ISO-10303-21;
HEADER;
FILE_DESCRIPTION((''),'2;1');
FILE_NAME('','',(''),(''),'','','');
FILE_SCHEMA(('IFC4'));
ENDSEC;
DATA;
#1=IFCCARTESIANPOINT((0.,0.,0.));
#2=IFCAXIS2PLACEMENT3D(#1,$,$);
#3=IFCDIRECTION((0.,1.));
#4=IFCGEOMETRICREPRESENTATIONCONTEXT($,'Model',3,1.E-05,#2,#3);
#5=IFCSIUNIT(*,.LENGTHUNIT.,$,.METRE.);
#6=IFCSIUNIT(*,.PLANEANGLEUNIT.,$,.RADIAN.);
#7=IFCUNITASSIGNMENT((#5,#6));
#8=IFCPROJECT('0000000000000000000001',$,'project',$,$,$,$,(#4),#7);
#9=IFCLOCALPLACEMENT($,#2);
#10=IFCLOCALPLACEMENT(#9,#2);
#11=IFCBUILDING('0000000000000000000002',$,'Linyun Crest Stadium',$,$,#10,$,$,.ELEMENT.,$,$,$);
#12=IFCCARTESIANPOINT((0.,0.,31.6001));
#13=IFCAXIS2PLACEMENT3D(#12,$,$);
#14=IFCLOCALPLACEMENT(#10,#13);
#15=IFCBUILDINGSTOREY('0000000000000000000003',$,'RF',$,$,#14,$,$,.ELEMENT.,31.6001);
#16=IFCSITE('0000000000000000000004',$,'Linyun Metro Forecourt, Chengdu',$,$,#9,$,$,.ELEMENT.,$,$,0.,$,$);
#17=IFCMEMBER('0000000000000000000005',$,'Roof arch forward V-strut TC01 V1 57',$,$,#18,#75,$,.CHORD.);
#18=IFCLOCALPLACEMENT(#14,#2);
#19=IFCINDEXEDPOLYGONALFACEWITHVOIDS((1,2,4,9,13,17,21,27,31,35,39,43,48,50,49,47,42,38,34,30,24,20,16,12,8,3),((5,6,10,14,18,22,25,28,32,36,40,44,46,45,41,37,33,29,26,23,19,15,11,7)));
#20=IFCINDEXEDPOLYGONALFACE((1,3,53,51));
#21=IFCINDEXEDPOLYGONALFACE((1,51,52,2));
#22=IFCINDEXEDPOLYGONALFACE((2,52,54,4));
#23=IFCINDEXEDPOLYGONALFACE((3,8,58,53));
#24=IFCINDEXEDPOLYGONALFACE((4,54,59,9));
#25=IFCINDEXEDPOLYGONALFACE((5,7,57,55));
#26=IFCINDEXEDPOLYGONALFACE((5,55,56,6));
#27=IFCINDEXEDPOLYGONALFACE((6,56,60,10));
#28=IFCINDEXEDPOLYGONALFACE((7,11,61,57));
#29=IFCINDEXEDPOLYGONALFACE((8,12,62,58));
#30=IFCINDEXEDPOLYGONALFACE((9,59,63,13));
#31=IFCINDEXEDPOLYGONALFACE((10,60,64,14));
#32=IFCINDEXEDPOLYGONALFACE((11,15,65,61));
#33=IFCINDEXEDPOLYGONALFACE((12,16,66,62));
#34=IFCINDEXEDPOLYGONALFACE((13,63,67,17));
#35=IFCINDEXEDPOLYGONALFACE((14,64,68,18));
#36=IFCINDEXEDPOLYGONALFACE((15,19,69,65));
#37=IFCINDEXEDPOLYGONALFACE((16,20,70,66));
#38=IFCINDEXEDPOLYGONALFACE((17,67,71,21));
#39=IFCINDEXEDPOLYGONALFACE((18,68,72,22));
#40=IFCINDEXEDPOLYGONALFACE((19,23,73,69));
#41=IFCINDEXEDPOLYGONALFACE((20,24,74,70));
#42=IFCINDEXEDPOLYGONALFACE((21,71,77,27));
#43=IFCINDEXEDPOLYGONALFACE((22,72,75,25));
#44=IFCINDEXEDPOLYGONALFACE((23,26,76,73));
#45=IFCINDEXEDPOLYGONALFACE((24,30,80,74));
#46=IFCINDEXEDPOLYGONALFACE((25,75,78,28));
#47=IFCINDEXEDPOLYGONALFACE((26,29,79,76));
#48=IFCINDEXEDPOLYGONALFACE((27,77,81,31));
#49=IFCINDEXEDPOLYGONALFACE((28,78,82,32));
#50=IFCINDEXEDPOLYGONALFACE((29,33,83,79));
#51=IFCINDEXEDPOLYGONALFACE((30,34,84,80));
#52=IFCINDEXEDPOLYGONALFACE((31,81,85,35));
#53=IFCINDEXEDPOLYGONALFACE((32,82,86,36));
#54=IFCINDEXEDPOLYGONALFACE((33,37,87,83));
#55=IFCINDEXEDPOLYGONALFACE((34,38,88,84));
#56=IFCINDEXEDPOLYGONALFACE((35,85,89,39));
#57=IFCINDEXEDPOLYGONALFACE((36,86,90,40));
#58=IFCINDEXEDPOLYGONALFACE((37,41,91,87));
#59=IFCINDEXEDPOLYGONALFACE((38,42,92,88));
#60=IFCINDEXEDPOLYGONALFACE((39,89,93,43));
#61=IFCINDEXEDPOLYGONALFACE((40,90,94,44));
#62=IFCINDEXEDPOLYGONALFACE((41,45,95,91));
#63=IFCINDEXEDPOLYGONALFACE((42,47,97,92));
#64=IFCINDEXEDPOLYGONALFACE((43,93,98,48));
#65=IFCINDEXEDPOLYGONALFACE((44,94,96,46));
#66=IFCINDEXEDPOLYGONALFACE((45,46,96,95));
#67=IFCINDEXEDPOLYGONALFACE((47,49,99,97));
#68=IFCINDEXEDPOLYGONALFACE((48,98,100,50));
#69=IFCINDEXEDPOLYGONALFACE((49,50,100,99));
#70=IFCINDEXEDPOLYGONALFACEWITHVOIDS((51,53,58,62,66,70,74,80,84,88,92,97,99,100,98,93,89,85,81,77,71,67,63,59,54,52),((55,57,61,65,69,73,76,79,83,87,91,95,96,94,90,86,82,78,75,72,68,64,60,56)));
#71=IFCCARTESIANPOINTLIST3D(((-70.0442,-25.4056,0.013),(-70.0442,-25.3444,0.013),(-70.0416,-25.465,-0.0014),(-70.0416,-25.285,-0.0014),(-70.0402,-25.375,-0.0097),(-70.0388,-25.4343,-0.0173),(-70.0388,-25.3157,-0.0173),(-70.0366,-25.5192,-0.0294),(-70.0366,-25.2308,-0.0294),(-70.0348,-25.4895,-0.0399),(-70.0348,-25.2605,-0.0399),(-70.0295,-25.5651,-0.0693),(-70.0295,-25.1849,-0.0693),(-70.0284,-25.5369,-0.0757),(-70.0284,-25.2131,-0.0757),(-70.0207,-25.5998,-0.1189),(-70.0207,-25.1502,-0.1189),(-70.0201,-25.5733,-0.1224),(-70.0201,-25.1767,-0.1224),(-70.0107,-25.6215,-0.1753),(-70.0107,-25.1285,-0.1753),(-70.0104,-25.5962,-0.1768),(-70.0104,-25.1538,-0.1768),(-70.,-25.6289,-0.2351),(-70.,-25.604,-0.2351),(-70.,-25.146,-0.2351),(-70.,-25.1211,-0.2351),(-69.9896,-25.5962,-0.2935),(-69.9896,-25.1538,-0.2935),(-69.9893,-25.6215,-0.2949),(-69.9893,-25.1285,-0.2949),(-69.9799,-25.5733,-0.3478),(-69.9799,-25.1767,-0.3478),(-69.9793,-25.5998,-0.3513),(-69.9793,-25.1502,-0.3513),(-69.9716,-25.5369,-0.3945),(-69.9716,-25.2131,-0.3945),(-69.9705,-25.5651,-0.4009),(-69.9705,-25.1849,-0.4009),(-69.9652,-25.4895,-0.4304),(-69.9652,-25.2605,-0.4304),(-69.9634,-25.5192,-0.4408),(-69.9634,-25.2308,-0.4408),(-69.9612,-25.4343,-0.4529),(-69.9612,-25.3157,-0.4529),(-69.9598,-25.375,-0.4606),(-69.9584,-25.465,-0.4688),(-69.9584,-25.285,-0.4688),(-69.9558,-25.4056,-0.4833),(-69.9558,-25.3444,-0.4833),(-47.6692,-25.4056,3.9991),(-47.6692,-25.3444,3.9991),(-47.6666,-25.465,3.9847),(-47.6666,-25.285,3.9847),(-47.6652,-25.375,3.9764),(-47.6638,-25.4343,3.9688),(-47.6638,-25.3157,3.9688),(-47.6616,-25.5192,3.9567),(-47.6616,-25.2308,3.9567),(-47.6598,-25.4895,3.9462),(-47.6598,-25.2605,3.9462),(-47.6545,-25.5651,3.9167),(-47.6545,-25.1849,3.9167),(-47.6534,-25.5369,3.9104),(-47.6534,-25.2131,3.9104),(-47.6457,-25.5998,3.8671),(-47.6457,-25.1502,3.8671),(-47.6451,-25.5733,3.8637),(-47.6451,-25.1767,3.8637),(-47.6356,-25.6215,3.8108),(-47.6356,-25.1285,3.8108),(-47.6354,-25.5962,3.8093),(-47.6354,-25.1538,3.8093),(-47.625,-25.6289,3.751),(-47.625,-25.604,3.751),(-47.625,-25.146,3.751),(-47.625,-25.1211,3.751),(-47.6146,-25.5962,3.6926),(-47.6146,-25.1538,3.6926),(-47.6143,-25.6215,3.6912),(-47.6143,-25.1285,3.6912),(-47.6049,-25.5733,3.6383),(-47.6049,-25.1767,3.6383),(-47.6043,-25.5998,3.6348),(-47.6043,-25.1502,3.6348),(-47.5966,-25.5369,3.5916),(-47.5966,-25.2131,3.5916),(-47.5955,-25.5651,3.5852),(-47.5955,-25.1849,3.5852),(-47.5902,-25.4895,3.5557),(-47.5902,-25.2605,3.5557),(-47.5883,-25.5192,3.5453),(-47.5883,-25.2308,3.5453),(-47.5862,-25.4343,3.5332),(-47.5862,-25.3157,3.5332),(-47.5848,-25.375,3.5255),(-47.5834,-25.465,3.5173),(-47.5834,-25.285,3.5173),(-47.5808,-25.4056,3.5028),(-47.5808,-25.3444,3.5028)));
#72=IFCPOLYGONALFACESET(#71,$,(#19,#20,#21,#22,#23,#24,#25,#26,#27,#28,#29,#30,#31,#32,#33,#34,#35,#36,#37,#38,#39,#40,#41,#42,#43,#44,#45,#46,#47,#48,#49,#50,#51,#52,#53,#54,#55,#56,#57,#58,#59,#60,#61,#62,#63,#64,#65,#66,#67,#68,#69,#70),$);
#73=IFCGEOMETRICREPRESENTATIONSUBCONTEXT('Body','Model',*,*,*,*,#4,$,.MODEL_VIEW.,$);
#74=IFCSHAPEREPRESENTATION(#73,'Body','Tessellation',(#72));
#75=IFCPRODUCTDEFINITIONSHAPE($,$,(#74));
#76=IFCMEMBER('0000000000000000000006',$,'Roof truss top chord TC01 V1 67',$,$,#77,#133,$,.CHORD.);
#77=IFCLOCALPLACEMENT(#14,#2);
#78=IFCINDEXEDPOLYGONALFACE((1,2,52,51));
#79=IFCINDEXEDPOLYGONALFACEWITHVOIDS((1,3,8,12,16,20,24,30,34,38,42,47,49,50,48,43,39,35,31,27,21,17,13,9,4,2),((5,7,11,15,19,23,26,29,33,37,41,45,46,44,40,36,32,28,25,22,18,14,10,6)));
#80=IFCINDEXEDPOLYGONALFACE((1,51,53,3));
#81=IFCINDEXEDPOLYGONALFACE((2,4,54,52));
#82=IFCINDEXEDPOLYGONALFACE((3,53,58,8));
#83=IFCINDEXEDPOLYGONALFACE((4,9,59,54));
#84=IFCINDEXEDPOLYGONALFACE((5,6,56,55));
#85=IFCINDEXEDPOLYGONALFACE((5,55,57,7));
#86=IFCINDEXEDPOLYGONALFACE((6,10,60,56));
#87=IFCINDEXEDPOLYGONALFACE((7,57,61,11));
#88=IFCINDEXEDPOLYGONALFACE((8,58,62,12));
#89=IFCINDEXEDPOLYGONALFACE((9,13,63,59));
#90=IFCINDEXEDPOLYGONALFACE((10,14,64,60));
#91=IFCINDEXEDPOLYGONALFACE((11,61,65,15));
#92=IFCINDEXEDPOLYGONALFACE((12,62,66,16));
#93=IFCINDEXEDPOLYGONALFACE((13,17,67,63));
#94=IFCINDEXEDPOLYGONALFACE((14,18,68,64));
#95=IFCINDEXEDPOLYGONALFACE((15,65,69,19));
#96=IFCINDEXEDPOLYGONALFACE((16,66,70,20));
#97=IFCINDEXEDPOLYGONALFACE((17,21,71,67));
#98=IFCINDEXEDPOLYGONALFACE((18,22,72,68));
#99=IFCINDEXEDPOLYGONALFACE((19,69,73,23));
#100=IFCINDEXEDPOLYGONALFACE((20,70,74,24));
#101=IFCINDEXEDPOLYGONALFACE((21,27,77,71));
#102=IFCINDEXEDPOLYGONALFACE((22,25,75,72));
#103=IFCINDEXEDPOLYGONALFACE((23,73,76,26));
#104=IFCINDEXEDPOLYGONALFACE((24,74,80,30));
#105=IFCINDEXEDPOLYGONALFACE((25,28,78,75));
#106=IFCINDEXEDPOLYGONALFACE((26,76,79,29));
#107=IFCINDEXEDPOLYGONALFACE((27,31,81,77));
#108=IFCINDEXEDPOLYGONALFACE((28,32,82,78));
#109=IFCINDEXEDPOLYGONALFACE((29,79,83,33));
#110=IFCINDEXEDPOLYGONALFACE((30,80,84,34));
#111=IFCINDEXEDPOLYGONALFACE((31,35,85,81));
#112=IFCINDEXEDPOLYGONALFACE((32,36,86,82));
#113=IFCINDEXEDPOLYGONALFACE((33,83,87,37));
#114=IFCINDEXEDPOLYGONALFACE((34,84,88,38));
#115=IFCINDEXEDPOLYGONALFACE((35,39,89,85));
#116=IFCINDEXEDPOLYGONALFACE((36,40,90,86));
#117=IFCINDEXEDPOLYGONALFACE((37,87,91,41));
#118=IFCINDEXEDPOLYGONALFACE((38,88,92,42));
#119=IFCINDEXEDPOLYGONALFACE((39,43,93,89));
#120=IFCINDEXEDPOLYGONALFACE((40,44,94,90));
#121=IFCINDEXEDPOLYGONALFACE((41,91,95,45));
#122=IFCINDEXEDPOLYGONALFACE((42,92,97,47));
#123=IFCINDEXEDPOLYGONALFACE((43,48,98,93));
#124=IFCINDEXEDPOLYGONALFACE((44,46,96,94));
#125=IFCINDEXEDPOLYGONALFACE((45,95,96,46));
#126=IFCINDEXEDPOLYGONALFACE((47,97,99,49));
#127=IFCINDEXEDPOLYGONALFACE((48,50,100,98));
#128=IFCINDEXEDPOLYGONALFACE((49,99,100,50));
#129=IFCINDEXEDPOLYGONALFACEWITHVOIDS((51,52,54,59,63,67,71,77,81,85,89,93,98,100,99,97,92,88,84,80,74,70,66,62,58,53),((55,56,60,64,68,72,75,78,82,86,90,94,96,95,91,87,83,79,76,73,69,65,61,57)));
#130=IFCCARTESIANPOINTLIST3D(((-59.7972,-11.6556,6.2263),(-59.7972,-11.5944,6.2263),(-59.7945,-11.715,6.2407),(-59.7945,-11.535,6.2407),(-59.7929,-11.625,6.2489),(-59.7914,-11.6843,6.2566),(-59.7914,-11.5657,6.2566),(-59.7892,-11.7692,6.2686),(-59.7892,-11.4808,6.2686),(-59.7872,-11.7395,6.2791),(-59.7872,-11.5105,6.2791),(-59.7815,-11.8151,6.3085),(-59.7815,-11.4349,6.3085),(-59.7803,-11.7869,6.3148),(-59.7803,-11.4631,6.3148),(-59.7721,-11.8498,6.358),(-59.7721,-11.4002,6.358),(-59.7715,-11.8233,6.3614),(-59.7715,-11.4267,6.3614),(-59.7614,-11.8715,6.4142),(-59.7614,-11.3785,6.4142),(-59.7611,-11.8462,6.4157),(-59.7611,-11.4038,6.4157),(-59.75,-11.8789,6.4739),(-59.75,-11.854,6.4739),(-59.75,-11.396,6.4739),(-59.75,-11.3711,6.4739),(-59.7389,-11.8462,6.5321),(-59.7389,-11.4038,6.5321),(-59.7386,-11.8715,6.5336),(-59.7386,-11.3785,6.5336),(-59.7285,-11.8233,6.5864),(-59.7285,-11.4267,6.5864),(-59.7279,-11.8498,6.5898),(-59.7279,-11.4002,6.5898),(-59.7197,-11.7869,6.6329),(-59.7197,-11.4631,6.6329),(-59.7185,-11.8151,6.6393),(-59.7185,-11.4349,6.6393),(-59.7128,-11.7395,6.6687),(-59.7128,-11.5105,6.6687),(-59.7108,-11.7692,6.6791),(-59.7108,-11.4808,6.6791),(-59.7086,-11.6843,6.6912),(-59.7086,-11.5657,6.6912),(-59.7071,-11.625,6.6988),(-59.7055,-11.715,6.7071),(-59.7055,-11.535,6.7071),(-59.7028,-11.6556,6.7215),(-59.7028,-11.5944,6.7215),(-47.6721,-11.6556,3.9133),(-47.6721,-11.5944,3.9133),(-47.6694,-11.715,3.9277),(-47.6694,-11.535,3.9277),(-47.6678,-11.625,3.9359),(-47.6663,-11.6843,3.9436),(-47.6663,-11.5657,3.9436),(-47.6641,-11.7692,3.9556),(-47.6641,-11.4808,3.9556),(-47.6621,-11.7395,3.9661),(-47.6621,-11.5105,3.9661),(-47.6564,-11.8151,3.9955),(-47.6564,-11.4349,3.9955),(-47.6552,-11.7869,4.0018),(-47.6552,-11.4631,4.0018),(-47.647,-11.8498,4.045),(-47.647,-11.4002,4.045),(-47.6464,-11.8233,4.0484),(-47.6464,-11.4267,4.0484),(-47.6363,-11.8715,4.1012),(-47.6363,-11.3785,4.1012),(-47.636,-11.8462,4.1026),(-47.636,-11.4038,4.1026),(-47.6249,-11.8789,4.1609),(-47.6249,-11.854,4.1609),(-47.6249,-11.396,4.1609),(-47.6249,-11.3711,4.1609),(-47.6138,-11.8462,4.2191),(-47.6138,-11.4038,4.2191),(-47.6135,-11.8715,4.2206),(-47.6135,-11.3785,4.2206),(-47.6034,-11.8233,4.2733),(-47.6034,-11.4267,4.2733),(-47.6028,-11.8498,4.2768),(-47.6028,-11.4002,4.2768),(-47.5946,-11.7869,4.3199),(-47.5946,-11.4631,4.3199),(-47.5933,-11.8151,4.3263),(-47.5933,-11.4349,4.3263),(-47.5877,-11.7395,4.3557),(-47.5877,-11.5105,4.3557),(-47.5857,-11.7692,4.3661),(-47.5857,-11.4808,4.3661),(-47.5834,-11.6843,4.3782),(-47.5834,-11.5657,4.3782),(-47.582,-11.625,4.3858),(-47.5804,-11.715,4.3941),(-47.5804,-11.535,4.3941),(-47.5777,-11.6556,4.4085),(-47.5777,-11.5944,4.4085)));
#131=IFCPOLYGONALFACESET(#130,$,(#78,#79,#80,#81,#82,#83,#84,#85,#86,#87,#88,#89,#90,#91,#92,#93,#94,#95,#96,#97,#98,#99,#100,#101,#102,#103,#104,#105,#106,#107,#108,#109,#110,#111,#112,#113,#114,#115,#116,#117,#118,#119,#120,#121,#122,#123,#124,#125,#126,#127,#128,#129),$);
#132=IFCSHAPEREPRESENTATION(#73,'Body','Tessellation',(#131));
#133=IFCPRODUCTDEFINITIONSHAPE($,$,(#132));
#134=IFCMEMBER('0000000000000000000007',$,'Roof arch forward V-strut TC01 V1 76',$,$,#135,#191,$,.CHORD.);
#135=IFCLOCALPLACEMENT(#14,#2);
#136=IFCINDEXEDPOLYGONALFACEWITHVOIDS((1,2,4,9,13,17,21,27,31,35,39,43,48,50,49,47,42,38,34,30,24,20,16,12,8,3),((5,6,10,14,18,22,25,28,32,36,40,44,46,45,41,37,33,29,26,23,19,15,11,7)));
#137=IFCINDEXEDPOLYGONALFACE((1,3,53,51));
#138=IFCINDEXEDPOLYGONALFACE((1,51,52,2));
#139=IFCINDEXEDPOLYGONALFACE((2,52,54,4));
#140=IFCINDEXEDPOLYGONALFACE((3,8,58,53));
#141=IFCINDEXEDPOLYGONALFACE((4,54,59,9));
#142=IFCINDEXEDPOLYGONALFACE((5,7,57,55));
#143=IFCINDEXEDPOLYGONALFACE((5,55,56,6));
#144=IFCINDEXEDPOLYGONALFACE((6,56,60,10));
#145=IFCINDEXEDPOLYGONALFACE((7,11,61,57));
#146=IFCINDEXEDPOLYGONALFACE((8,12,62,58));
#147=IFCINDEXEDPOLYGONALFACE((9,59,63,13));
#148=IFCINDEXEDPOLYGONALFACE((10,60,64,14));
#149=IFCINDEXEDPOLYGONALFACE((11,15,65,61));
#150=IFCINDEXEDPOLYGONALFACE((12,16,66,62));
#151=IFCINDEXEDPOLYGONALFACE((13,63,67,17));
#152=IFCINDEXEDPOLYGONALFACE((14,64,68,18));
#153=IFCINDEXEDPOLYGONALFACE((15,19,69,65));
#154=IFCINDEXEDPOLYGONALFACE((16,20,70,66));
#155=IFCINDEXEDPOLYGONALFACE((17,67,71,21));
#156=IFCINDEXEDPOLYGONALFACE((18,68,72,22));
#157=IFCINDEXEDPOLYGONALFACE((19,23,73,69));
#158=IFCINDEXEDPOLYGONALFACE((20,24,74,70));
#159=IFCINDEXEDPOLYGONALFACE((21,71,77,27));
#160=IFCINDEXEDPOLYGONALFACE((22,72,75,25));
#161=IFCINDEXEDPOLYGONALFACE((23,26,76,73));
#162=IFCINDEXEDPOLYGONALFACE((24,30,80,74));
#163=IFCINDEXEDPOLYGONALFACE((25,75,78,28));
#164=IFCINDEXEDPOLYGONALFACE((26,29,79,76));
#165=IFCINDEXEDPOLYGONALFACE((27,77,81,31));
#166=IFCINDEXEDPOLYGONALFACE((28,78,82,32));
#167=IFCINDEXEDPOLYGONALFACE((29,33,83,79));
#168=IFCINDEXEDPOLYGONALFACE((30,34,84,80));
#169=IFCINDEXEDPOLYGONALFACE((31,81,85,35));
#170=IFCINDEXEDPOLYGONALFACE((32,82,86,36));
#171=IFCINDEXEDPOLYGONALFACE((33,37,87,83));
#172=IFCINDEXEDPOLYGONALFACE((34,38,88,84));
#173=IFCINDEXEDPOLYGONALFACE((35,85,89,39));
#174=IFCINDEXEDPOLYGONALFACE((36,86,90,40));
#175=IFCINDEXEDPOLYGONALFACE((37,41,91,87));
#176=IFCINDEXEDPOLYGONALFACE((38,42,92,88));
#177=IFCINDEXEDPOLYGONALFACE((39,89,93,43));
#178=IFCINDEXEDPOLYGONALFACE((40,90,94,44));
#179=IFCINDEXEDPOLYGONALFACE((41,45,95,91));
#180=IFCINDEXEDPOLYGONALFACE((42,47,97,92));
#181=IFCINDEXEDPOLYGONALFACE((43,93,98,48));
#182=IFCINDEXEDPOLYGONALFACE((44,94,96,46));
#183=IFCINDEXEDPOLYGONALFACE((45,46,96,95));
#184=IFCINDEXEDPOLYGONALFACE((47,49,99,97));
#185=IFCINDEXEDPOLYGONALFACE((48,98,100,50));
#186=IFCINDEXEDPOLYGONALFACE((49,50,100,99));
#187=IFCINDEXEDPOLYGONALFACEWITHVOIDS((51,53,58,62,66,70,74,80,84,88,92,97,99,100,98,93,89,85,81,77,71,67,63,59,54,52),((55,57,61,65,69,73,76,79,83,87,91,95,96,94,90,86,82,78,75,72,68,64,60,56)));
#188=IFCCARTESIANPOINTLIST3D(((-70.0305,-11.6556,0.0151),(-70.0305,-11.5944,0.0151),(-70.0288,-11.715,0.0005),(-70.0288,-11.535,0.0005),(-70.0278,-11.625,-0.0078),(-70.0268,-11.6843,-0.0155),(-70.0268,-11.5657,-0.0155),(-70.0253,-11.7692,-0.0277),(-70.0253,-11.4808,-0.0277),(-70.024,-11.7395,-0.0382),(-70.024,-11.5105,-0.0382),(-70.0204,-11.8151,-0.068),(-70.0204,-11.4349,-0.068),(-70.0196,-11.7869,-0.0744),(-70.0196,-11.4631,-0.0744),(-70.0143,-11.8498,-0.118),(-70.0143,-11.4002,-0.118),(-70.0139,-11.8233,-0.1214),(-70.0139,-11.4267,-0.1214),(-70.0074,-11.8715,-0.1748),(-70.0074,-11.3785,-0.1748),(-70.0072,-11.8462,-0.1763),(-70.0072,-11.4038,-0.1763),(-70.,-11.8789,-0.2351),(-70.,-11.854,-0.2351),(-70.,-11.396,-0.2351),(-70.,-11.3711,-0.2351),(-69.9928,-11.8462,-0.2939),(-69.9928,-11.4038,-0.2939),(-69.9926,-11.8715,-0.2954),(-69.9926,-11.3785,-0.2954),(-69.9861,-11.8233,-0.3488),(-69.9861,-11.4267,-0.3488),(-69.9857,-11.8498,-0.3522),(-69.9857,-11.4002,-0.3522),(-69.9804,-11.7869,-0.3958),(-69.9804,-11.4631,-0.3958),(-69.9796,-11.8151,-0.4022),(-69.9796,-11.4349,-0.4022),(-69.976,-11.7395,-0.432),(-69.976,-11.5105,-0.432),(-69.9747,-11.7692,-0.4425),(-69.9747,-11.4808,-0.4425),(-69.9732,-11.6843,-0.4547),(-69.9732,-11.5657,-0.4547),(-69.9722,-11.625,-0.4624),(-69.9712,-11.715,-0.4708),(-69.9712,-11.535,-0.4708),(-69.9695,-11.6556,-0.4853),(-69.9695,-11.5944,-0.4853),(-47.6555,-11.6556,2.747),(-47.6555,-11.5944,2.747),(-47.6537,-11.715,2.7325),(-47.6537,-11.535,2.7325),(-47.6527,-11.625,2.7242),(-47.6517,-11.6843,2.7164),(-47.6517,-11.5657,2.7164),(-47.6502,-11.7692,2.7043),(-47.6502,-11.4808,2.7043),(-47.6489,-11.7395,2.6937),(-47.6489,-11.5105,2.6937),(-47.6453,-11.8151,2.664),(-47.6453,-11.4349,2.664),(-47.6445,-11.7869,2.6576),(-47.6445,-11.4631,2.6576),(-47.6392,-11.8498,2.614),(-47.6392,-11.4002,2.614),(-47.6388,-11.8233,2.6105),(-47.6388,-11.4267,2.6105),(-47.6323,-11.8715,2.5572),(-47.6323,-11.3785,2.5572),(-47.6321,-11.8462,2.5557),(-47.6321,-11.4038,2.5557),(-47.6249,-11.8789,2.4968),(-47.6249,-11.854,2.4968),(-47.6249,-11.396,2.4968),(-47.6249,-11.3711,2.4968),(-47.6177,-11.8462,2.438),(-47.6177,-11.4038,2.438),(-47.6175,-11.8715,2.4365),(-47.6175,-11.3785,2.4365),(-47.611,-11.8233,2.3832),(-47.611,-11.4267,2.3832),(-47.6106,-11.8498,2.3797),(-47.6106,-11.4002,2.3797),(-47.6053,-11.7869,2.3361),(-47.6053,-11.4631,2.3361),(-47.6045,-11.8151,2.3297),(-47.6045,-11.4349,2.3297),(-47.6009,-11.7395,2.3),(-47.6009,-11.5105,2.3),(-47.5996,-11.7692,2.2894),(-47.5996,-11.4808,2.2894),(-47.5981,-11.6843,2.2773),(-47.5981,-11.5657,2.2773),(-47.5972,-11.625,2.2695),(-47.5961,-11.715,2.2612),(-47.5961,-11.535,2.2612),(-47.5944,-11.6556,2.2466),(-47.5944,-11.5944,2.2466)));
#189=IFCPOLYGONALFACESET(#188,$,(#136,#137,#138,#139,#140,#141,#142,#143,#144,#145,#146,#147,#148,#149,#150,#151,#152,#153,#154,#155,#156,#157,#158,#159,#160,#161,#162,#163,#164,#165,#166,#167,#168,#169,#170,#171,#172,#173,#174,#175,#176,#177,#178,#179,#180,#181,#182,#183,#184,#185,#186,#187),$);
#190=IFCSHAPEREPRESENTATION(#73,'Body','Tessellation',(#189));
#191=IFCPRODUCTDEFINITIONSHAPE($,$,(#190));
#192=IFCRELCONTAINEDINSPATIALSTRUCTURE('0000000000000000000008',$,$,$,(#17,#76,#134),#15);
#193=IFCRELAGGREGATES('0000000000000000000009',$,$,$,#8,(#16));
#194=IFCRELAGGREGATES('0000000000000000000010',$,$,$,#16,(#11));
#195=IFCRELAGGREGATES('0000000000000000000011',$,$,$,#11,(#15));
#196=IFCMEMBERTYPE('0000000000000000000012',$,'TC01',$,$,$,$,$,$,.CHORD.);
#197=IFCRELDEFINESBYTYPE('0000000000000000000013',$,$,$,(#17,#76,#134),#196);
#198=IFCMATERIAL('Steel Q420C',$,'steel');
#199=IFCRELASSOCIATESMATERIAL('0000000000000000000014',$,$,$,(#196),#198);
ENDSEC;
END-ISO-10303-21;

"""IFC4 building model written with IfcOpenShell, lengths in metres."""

from ifc_helpers import new_model, si_unit, direction, frame, origin, origin_2d, place, context, subcontext, project, spatial, hollow_circle, extrude, material, material_profile, profile_set, type_object, element, save


model = new_model("IFC4")

# Units and contexts
model_context = context("Model", 3, precision=1e-05, world=origin(), true_north=direction((0.0, 1.0)))
body_context = subcontext(model_context, "Body", "Model", "MODEL_VIEW")
ifc_project = project(units=[si_unit("LENGTHUNIT", "METRE"), si_unit("PLANEANGLEUNIT", "RADIAN")], contexts=[model_context])

# Site, building, storey
site_placement = place(None, origin())
site = spatial("IfcSite", under=ifc_project, at=site_placement, Name="Linyun Metro Forecourt, Chengdu", CompositionType="ELEMENT", RefElevation=0.0)
building_placement = place(site_placement, origin())
building = spatial("IfcBuilding", under=site, at=building_placement, Name="Linyun Crest Stadium", CompositionType="ELEMENT")
storey_placement = place(building_placement, frame((0.0, 0.0, 31.6001)))
storey = spatial("IfcBuildingStorey", under=building, at=storey_placement, Name="RF", CompositionType="ELEMENT", Elevation=31.6001)

# Members
ifc_material_1 = material(Name="Steel Q420C", Category="steel")
ifc_material_profile_1 = material_profile(ifc_material_1, hollow_circle(Radius=0.2539, WallThickness=0.0249, at=origin_2d()), Name="CHS 508x25")
ifc_profile_set_1 = profile_set([ifc_material_profile_1], Name="Steel Q420C")
member_type_1 = type_object("IfcMemberType", Name="TC01", PredefinedType="CHORD", material=ifc_profile_set_1)
member_1_placement = place(storey_placement, frame((-70.0, -25.375, -0.2351), z_axis=(0.984499, 0.0, 0.175388), x_axis=(0.0, 1.0, 0.0)))
element("IfcMember", 1, at=member_1_placement, inside=storey, type_object=member_type_1, Name="Roof arch forward V-strut TC01 V1 57", PredefinedType="CHORD", context=body_context, shape_type="SweptSolid", body=[
    extrude(hollow_circle(Radius=0.2539, WallThickness=0.0249, at=origin_2d()), origin(), (0.0, 0.0, 1.0), 22.7273),
])
member_2_placement = place(storey_placement, frame((-59.75, -11.625, 6.4739), z_axis=(0.982287, 0.0, -0.187383), x_axis=(0.0, 1.0, 0.0)))
element("IfcMember", 2, at=member_2_placement, inside=storey, type_object=member_type_1, Name="Roof truss top chord TC01 V1 67", PredefinedType="CHORD", context=body_context, shape_type="SweptSolid", body=[
    extrude(hollow_circle(Radius=0.2539, WallThickness=0.0249, at=origin_2d()), origin(), (0.0, 0.0, 1.0), 12.3438),
])
member_3_placement = place(storey_placement, frame((-70.0, -11.625, -0.2351), z_axis=(0.992628, 0.0, 0.121198), x_axis=(0.0, 1.0, 0.0)))
element("IfcMember", 3, at=member_3_placement, inside=storey, type_object=member_type_1, Name="Roof arch forward V-strut TC01 V1 76", PredefinedType="CHORD", context=body_context, shape_type="SweptSolid", body=[
    extrude(hollow_circle(Radius=0.2539, WallThickness=0.0249, at=origin_2d()), origin(), (0.0, 0.0, 1.0), 22.5413),
])

save(model, "model.ifc")
